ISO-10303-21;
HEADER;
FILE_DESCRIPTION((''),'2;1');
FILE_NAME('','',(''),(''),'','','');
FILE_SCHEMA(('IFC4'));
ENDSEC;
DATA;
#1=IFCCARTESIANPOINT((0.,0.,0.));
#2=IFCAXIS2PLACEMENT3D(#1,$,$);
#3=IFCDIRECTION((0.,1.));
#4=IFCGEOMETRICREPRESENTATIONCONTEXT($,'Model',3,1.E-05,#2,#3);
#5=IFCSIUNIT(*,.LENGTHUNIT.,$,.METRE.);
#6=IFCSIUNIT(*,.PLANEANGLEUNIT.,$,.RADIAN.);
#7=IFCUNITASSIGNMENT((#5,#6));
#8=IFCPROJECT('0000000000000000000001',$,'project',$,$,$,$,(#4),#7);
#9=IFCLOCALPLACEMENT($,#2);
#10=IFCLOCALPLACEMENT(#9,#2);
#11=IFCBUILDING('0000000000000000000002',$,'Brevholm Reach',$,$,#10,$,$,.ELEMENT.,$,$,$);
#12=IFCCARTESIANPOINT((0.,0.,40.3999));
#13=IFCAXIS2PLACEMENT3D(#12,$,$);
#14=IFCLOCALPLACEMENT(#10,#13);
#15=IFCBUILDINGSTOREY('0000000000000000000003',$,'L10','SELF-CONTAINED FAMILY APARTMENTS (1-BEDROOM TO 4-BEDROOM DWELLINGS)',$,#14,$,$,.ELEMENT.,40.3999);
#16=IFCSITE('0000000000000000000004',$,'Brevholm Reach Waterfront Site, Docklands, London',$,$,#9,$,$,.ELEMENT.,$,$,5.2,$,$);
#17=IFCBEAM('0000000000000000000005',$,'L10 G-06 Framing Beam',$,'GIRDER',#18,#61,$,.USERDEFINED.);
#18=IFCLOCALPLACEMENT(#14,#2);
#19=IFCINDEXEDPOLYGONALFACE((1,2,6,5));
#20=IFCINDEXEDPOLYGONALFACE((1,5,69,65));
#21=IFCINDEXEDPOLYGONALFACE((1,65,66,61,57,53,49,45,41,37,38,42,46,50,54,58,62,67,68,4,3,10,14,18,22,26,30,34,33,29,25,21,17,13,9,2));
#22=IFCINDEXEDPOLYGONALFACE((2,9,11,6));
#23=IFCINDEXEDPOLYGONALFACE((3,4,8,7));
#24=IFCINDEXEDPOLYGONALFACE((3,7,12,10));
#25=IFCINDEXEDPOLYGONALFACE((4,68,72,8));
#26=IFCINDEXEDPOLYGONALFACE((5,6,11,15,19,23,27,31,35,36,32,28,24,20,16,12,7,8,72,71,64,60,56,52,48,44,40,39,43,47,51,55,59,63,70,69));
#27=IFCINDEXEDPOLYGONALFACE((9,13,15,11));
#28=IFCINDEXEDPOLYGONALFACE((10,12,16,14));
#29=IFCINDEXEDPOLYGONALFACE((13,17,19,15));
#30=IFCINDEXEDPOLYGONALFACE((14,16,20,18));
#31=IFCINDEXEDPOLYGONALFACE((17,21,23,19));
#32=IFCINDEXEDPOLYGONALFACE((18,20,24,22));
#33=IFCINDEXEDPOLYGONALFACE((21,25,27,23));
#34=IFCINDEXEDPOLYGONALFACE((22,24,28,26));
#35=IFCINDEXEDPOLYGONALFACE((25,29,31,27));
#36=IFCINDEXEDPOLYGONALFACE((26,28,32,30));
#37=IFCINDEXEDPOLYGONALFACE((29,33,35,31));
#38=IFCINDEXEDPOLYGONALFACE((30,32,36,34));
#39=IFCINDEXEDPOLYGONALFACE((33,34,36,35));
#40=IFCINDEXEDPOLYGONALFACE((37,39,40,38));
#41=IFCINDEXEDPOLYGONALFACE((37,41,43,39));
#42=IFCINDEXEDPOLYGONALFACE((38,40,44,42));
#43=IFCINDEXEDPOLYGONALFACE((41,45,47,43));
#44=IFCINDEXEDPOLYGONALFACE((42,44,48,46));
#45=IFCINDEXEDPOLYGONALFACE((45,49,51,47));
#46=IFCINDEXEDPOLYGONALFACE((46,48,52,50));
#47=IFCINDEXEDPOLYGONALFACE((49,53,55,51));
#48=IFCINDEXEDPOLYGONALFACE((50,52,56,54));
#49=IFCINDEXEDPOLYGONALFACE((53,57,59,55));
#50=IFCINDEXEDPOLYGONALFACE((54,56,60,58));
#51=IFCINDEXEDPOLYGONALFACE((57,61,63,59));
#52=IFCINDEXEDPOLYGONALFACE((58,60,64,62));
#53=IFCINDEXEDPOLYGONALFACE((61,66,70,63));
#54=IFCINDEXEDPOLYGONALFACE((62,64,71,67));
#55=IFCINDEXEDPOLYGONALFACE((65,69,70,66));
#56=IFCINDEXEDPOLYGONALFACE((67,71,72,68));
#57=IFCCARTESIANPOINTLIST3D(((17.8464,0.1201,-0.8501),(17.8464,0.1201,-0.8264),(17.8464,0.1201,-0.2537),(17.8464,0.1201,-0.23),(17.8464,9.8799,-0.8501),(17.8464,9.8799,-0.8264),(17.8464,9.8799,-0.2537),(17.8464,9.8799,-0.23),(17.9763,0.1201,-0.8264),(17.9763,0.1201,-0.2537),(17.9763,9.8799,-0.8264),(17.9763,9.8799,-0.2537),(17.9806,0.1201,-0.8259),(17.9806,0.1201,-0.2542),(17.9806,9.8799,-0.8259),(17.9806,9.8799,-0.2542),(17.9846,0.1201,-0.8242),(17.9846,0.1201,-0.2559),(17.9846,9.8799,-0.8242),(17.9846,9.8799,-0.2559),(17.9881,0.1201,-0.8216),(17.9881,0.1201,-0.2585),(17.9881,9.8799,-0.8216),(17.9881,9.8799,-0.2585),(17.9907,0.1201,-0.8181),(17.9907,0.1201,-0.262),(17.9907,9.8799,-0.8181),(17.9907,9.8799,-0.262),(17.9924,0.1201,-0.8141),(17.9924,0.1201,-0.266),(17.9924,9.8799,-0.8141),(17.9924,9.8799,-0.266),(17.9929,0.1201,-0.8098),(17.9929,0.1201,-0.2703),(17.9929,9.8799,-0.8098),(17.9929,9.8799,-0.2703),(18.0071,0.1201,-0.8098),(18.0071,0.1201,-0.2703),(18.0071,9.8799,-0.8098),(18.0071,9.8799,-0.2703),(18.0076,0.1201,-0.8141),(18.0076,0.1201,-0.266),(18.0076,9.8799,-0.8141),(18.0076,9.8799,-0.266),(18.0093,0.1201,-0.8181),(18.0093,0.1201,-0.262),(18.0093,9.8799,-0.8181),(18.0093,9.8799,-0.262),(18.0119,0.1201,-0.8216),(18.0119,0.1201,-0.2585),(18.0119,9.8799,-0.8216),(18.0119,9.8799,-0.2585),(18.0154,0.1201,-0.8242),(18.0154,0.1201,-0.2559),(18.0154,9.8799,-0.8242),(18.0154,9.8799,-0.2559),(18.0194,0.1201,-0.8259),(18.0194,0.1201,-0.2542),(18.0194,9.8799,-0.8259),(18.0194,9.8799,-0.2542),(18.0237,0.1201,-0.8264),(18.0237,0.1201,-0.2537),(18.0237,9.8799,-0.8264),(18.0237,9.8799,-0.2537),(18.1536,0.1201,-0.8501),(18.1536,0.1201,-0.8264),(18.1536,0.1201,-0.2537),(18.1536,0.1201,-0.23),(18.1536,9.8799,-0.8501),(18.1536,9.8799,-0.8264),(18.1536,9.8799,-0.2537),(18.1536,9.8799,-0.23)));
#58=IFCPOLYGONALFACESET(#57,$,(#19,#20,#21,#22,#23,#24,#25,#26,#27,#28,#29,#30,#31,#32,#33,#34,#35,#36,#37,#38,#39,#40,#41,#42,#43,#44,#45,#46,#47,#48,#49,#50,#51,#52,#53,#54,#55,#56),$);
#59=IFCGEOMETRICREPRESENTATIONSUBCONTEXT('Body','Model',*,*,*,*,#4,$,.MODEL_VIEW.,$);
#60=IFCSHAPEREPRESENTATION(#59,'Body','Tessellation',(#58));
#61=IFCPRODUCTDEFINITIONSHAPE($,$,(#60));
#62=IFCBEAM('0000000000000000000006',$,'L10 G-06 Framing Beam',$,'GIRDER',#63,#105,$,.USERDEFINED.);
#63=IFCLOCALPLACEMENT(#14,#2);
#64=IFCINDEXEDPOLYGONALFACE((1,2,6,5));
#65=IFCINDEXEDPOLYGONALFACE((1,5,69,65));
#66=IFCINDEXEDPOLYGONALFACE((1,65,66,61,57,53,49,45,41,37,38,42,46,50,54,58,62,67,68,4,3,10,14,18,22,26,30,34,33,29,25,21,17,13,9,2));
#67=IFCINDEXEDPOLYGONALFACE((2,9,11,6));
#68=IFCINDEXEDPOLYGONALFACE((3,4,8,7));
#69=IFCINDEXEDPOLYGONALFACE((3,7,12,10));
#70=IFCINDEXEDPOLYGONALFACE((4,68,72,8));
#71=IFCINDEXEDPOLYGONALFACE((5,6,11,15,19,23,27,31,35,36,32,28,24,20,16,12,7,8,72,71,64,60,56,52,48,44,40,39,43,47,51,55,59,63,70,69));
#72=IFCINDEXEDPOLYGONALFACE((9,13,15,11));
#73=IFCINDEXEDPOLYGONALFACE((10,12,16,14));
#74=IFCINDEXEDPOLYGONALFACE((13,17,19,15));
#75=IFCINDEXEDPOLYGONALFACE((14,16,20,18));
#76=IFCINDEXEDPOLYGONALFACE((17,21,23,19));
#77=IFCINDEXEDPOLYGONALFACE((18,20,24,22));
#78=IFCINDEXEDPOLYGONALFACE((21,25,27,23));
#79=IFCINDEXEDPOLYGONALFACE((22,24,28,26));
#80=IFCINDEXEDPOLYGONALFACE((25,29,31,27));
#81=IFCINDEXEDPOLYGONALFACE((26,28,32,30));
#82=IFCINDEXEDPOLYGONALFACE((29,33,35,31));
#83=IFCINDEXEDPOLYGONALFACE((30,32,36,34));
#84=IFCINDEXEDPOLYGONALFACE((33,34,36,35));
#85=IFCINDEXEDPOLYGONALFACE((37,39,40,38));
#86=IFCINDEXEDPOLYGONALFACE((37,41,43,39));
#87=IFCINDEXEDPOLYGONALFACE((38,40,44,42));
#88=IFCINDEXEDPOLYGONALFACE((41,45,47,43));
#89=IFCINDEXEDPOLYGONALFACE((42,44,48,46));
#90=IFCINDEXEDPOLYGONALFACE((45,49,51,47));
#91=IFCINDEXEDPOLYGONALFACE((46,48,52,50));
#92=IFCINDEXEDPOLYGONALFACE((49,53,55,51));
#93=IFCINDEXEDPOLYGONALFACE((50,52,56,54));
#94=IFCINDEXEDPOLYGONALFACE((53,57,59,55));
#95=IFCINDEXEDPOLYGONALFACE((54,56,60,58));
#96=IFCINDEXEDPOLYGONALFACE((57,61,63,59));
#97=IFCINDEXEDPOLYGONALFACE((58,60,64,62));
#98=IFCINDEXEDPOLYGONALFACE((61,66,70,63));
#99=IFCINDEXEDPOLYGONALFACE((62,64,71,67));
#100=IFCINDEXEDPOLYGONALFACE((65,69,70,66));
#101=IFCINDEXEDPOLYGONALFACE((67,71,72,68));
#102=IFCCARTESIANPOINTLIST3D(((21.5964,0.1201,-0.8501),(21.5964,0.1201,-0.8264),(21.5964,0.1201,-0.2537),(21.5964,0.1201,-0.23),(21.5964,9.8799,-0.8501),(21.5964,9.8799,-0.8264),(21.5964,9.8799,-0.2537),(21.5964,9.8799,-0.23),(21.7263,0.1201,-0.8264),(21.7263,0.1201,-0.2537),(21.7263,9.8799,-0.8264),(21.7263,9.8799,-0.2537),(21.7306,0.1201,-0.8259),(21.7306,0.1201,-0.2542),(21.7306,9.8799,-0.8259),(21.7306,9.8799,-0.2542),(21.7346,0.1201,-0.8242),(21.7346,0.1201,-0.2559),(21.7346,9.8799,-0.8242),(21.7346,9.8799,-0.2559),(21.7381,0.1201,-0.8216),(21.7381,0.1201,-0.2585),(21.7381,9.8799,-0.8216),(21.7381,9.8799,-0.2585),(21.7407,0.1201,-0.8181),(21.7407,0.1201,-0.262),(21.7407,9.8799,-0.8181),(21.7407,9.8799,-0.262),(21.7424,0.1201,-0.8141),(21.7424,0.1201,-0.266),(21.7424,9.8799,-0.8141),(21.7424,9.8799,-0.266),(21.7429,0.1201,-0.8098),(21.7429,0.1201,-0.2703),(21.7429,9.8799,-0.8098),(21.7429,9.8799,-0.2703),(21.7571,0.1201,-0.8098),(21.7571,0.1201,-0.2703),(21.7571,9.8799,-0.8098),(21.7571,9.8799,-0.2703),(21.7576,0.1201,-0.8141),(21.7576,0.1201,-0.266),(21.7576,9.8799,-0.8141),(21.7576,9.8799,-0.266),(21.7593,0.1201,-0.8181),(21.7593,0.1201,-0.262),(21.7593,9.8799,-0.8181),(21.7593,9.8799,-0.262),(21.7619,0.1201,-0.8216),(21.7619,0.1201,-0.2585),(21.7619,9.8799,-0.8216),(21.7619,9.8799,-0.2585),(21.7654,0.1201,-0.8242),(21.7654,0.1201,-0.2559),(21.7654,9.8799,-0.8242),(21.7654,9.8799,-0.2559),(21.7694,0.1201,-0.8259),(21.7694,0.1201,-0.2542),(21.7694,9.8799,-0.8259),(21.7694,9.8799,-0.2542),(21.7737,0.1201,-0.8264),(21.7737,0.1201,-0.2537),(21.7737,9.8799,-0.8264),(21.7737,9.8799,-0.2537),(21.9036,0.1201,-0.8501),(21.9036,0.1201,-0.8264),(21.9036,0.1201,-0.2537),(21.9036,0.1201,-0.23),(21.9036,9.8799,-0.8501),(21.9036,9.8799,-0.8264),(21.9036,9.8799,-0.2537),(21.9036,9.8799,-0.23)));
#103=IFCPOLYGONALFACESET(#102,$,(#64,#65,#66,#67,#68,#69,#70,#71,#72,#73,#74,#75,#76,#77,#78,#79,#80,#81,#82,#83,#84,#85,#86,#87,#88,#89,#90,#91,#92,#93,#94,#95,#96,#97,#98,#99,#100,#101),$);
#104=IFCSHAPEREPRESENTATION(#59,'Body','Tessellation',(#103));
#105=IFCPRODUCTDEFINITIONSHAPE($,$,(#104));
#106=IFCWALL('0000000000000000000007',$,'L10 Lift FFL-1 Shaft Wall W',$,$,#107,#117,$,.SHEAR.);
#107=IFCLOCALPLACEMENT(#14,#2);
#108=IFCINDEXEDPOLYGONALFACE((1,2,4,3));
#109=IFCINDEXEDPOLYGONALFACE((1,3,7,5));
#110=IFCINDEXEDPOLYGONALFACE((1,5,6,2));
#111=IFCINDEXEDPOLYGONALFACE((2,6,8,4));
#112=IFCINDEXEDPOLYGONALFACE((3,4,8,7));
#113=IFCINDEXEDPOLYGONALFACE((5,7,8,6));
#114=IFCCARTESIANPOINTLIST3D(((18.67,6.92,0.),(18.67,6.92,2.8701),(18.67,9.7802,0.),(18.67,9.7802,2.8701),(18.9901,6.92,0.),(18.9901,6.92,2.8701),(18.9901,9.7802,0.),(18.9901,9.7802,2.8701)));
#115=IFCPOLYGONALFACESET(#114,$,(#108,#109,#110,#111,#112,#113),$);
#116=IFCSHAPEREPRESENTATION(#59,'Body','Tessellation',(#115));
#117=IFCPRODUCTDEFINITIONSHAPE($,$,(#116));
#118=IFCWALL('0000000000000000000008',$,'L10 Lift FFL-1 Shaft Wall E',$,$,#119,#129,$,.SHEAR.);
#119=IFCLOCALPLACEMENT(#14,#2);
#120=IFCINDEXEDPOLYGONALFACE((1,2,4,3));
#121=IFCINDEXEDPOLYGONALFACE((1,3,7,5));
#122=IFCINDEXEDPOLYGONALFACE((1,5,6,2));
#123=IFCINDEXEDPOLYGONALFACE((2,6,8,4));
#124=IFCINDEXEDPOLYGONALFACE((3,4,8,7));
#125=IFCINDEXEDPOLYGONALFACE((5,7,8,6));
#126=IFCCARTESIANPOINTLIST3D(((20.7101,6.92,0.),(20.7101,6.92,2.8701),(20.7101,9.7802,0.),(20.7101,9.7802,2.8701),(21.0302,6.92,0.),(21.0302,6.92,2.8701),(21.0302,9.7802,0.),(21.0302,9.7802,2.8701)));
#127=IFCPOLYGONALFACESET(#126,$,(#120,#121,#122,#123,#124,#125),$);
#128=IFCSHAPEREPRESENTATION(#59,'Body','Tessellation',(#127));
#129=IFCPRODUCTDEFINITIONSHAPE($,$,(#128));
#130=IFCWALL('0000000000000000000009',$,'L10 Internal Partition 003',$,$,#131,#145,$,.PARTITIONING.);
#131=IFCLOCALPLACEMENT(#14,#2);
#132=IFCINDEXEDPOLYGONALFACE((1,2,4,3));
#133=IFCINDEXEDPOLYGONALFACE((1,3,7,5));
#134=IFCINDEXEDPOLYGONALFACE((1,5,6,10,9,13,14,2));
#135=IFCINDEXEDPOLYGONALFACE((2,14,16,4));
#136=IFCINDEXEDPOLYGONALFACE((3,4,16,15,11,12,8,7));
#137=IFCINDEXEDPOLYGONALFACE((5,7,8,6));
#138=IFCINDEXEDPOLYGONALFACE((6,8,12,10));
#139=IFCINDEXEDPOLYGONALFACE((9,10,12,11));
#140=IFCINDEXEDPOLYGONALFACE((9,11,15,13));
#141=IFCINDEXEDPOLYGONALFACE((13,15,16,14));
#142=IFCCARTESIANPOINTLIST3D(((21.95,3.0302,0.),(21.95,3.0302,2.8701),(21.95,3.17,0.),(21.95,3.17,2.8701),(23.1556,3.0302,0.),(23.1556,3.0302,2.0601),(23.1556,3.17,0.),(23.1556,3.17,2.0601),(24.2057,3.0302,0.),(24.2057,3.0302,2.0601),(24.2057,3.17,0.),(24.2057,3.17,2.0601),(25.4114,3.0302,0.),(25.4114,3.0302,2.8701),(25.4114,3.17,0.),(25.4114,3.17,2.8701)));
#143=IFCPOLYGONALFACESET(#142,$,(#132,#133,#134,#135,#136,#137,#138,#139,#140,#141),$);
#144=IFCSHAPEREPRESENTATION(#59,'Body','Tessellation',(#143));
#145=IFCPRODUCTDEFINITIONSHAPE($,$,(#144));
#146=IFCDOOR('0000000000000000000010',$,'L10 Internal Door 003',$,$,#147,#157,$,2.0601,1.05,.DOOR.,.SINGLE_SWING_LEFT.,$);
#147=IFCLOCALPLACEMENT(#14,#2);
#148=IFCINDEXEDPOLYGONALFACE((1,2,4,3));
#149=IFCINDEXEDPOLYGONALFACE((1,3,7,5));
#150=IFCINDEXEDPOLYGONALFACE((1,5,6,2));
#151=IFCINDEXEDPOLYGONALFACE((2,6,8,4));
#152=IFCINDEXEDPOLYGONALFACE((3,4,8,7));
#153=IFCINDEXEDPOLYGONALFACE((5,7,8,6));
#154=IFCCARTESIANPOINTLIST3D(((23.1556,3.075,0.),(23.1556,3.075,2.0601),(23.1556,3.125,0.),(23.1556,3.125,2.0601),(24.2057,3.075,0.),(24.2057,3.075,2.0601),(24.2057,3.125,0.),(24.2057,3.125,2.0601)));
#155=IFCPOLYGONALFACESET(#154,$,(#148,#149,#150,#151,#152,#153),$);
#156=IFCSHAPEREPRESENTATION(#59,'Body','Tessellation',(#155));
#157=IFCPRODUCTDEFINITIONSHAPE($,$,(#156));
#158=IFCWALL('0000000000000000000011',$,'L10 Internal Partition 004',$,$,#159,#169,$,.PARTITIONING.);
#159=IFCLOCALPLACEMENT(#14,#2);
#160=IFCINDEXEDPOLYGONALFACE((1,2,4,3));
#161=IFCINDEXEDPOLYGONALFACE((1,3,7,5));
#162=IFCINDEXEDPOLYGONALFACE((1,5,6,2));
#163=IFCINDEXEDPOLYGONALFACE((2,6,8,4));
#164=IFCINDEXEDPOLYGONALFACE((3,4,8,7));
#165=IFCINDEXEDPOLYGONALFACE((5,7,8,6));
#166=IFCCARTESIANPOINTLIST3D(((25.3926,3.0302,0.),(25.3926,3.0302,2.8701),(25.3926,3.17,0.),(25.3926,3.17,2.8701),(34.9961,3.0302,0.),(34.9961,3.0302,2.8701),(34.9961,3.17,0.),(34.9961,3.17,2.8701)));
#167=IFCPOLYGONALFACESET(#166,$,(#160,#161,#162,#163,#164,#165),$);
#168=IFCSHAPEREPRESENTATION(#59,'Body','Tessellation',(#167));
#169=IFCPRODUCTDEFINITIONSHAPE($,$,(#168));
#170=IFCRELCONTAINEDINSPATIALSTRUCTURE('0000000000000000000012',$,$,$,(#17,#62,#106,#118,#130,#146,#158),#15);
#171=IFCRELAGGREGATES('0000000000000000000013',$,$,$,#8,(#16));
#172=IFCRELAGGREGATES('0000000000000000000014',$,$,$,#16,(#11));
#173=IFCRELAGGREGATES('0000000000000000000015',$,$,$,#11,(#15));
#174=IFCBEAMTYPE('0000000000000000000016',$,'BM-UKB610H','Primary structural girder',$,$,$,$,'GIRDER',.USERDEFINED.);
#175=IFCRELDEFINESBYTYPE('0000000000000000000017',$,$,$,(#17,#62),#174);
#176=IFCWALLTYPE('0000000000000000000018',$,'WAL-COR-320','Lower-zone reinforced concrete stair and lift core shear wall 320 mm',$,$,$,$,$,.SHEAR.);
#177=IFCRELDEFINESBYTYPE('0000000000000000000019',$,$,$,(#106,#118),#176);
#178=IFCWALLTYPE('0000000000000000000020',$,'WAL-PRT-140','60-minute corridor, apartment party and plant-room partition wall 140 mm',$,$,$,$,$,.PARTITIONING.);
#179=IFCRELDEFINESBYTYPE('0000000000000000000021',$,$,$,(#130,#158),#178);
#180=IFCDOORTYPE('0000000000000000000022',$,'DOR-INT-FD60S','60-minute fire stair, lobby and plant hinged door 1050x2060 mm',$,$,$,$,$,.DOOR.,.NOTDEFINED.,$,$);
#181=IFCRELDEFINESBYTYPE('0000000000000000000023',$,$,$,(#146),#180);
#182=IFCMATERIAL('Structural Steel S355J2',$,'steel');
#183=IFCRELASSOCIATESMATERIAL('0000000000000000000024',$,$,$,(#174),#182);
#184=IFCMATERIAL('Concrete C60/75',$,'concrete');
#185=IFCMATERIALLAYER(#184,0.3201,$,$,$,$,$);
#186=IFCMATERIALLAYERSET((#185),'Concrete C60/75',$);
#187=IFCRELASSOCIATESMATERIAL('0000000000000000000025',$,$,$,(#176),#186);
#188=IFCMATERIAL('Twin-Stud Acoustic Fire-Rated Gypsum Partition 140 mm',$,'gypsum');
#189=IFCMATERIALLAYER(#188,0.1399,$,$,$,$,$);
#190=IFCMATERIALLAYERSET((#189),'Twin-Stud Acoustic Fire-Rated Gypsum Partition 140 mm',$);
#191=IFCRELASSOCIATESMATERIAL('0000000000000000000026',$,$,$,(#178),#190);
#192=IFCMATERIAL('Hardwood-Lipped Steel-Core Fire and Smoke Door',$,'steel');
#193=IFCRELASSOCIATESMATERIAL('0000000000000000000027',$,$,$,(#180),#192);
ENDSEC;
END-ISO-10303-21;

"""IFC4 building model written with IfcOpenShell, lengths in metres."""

from ifc_helpers import new_model, si_unit, direction, frame, frame_2d, origin, origin_2d, place, context, subcontext, project, spatial, rectangle, i_section, extrude, material, layer, layer_set, material_profile, profile_set, type_object, element, fill, save


model = new_model("IFC4")

# Units and contexts
model_context = context("Model", 3, precision=1e-05, world=origin(), true_north=direction((0.0, 1.0)))
body_context = subcontext(model_context, "Body", "Model", "MODEL_VIEW")
ifc_project = project(units=[si_unit("LENGTHUNIT", "METRE"), si_unit("PLANEANGLEUNIT", "RADIAN")], contexts=[model_context])

# Site, building, storey
site_placement = place(None, origin())
site = spatial("IfcSite", under=ifc_project, at=site_placement, Name="Brevholm Reach Waterfront Site, Docklands, London", CompositionType="ELEMENT", RefElevation=5.2)
building_placement = place(site_placement, origin())
building = spatial("IfcBuilding", under=site, at=building_placement, Name="Brevholm Reach", CompositionType="ELEMENT")
storey_placement = place(building_placement, frame((0.0, 0.0, 40.3999)))
storey = spatial("IfcBuildingStorey", under=building, at=storey_placement, Name="L10", Description="SELF-CONTAINED FAMILY APARTMENTS (1-BEDROOM TO 4-BEDROOM DWELLINGS)", CompositionType="ELEMENT", Elevation=40.3999)

# Beams
ifc_material_1 = material(Name="Structural Steel S355J2", Category="steel")
ifc_material_profile_1 = material_profile(ifc_material_1, i_section(OverallWidth=0.3071, OverallDepth=0.6201, WebThickness=0.0142, FlangeThickness=0.0237, FilletRadius=0.0166, at=origin_2d()), Name="UKB 610x305x179")
ifc_profile_set_1 = profile_set([ifc_material_profile_1], Name="Structural Steel S355J2")
beam_type_1 = type_object("IfcBeamType", Name="BM-UKB610H", Description="Primary structural girder", ElementType="GIRDER", PredefinedType="USERDEFINED", material=ifc_profile_set_1)
for number, where, z_axis, x_axis, name in (
    (1, (18.0, 0.1201, -0.54), (0.0, 1.0, 0.0), (-1.0, 0.0, 0.0), "L10 G-06 Framing Beam"),
    (2, (21.75, 0.1201, -0.54), (0.0, 1.0, 0.0), (-1.0, 0.0, 0.0), "L10 G-06 Framing Beam"),
):
    element("IfcBeam", number, at=place(storey_placement, frame(where, z_axis=z_axis, x_axis=x_axis)), inside=storey, type_object=beam_type_1, Name=name, ObjectType="GIRDER", PredefinedType="USERDEFINED", context=body_context, shape_type="SweptSolid", body=[
        extrude(i_section(OverallWidth=0.3071, OverallDepth=0.6201, WebThickness=0.0142, FlangeThickness=0.0237, FilletRadius=0.0166, at=origin_2d()), origin(), (0.0, 0.0, 1.0), 9.7598),
    ])

# Walls
ifc_material_2 = material(Name="Concrete C60/75", Category="concrete")
ifc_layer_1 = layer(ifc_material_2, 0.3201)
ifc_layer_set_1 = layer_set([ifc_layer_1], Name="Concrete C60/75")
wall_type_1 = type_object("IfcWallType", Name="WAL-COR-320", Description="Lower-zone reinforced concrete stair and lift core shear wall 320 mm", PredefinedType="SHEAR", material=ifc_layer_set_1)
for number, where, z_axis, x_axis, name in (
    (3, (18.8301, 6.9199, 0.0), (0.0, 0.0, 1.0), (0.0, 1.0, 0.0), "L10 Lift FFL-1 Shaft Wall W"),
    (4, (20.8701, 6.9199, 0.0), (0.0, 0.0, 1.0), (0.0, 1.0, 0.0), "L10 Lift FFL-1 Shaft Wall E"),
):
    element("IfcWall", number, at=place(storey_placement, frame(where, z_axis=z_axis, x_axis=x_axis)), inside=storey, type_object=wall_type_1, Name=name, PredefinedType="SHEAR", context=body_context, shape_type="SweptSolid", body=[
        extrude(rectangle(XDim=2.8601, YDim=0.3201, at=frame_2d((1.4302, 0.0))), origin(), (0.0, 0.0, 1.0), 2.8701),
    ])

# Wall, opening, door
ifc_material_3 = material(Name="Twin-Stud Acoustic Fire-Rated Gypsum Partition 140 mm", Category="gypsum")
ifc_layer_2 = layer(ifc_material_3, 0.1399)
ifc_layer_set_2 = layer_set([ifc_layer_2], Name="Twin-Stud Acoustic Fire-Rated Gypsum Partition 140 mm")
wall_type_2 = type_object("IfcWallType", Name="WAL-PRT-140", Description="60-minute corridor, apartment party and plant-room partition wall 140 mm", PredefinedType="PARTITIONING", material=ifc_layer_set_2)
wall_1_placement = place(storey_placement, frame((21.95, 3.1001, 0.0), z_axis=(0.0, 0.0, 1.0), x_axis=(1.0, 0.0, 0.0)))
wall_1 = element("IfcWall", 5, at=wall_1_placement, inside=storey, type_object=wall_type_2, Name="L10 Internal Partition 003", PredefinedType="PARTITIONING", context=body_context, shape_type="SweptSolid", body=[
    extrude(rectangle(XDim=3.4614, YDim=0.1399, at=frame_2d((1.7307, 0.0))), origin(), (0.0, 0.0, 1.0), 2.8701),
])
opening_1_placement = place(wall_1_placement, frame((1.2058, 0.0, 0.0)))
opening_1 = element("IfcOpeningElement", 6, at=opening_1_placement, cuts=wall_1, PredefinedType="OPENING", context=body_context, shape_type="SweptSolid", body=[
    extrude(rectangle(XDim=1.05, YDim=2.0601, at=frame_2d((0.5249, 1.03))), frame((0.0, 0.0798, 0.0), z_axis=(0.0, -1.0, 0.0), x_axis=(1.0, 0.0, 0.0)), (0.0, 0.0, 1.0), 0.1599),
])
ifc_material_4 = material(Name="Hardwood-Lipped Steel-Core Fire and Smoke Door", Category="steel")
door_type_1 = type_object("IfcDoorType", Name="DOR-INT-FD60S", Description="60-minute fire stair, lobby and plant hinged door 1050x2060 mm", OperationType="NOTDEFINED", PredefinedType="DOOR", material=ifc_material_4)
door_1_placement = place(opening_1_placement, origin())
door_1 = element("IfcDoor", 7, at=door_1_placement, inside=storey, type_object=door_type_1, Name="L10 Internal Door 003", OperationType="SINGLE_SWING_LEFT", OverallHeight=2.0601, OverallWidth=1.05, PredefinedType="DOOR", context=body_context, shape_type="SweptSolid", body=[
    extrude(rectangle(XDim=1.05, YDim=2.0601, at=frame_2d((0.5249, 1.03))), frame((0.0, 0.0249, 0.0), z_axis=(0.0, -1.0, 0.0), x_axis=(1.0, 0.0, 0.0)), (0.0, 0.0, 1.0), 0.05),
])
fill(opening_1, door_1)

# Wall
wall_2_placement = place(storey_placement, frame((25.3926, 3.1001, 0.0), z_axis=(0.0, 0.0, 1.0), x_axis=(1.0, 0.0, 0.0)))
element("IfcWall", 8, at=wall_2_placement, inside=storey, type_object=wall_type_2, Name="L10 Internal Partition 004", PredefinedType="PARTITIONING", context=body_context, shape_type="SweptSolid", body=[
    extrude(rectangle(XDim=9.6035, YDim=0.1399, at=frame_2d((4.8018, 0.0))), origin(), (0.0, 0.0, 1.0), 2.8701),
])

save(model, "model.ifc")
